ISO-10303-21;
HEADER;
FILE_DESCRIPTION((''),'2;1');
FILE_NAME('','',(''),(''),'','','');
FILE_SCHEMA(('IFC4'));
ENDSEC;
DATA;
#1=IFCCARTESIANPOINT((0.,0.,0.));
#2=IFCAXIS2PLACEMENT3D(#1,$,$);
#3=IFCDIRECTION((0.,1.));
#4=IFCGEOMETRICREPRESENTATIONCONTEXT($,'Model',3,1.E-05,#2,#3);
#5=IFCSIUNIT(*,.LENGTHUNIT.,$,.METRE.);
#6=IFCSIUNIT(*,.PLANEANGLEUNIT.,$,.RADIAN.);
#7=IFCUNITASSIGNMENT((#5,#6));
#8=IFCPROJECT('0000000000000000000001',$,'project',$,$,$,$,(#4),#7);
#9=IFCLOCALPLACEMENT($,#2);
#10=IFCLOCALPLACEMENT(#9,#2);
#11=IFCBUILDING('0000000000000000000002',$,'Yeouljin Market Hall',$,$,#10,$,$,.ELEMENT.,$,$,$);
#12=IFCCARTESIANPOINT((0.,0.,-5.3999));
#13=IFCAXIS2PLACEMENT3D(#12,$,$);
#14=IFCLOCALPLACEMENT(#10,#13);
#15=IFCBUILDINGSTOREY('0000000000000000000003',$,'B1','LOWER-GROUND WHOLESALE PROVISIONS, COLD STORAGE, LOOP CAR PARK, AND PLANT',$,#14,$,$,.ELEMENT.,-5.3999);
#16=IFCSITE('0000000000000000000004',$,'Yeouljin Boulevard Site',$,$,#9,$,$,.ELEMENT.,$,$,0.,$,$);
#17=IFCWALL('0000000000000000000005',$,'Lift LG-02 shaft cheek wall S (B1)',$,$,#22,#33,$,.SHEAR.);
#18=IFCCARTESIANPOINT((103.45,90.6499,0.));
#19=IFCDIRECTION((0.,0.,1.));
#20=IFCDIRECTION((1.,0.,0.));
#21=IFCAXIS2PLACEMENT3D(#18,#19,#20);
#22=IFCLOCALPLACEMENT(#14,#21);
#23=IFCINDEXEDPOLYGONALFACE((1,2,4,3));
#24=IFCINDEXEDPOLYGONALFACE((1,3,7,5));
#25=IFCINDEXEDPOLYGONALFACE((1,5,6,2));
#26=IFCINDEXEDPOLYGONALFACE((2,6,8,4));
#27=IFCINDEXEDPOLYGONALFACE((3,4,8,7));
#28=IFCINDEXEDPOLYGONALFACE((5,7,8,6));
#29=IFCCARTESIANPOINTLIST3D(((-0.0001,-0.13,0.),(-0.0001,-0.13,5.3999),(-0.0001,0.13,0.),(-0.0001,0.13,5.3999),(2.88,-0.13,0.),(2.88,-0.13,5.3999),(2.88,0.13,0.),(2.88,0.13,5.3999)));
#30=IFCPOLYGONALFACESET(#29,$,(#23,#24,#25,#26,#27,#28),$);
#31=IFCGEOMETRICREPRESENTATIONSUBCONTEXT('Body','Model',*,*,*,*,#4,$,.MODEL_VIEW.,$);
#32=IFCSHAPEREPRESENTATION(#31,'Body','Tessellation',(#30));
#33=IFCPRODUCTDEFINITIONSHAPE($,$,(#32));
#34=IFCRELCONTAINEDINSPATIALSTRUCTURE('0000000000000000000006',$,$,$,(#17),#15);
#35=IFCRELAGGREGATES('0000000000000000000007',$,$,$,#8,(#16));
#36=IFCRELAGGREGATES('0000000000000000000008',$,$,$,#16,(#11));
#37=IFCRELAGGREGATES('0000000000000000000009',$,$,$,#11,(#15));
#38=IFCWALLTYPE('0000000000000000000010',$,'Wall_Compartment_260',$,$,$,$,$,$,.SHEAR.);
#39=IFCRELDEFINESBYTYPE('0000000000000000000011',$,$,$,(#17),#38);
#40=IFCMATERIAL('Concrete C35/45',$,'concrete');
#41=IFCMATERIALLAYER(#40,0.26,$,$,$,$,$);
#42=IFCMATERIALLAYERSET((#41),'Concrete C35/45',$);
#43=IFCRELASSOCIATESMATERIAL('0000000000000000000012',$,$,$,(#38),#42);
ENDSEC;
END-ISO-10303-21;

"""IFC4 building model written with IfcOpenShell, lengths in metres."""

from ifc_helpers import new_model, si_unit, direction, frame, frame_2d, origin, place, context, subcontext, project, spatial, rectangle, extrude, material, layer, layer_set, type_object, element, save


model = new_model("IFC4")

# Units and contexts
model_context = context("Model", 3, precision=1e-05, world=origin(), true_north=direction((0.0, 1.0)))
body_context = subcontext(model_context, "Body", "Model", "MODEL_VIEW")
ifc_project = project(units=[si_unit("LENGTHUNIT", "METRE"), si_unit("PLANEANGLEUNIT", "RADIAN")], contexts=[model_context])

# Site, building, storey
site_placement = place(None, origin())
site = spatial("IfcSite", under=ifc_project, at=site_placement, Name="Yeouljin Boulevard Site", CompositionType="ELEMENT", RefElevation=0.0)
building_placement = place(site_placement, origin())
building = spatial("IfcBuilding", under=site, at=building_placement, Name="Yeouljin Market Hall", CompositionType="ELEMENT")
storey_placement = place(building_placement, frame((0.0, 0.0, -5.3999)))
storey = spatial("IfcBuildingStorey", under=building, at=storey_placement, Name="B1", Description="LOWER-GROUND WHOLESALE PROVISIONS, COLD STORAGE, LOOP CAR PARK, AND PLANT", CompositionType="ELEMENT", Elevation=-5.3999)

# Shared definitions
ifc_material_1 = material(Name="Concrete C35/45", Category="concrete")
ifc_layer_1 = layer(ifc_material_1, 0.26)
ifc_layer_set_1 = layer_set([ifc_layer_1], Name="Concrete C35/45")
wall_type_1 = type_object("IfcWallType", Name="Wall_Compartment_260", PredefinedType="SHEAR", material=ifc_layer_set_1)

# Wall
wall_1_placement = place(storey_placement, frame((103.45, 90.6499, 0.0), z_axis=(0.0, 0.0, 1.0), x_axis=(1.0, 0.0, 0.0)))
element("IfcWall", 1, at=wall_1_placement, inside=storey, type_object=wall_type_1, Name="Lift LG-02 shaft cheek wall S (B1)", PredefinedType="SHEAR", context=body_context, shape_type="SweptSolid", body=[
    extrude(rectangle(XDim=2.8801, YDim=0.26, at=frame_2d((1.4399, 0.0))), origin(), (0.0, 0.0, 1.0), 5.3999),
])

save(model, "model.ifc")
